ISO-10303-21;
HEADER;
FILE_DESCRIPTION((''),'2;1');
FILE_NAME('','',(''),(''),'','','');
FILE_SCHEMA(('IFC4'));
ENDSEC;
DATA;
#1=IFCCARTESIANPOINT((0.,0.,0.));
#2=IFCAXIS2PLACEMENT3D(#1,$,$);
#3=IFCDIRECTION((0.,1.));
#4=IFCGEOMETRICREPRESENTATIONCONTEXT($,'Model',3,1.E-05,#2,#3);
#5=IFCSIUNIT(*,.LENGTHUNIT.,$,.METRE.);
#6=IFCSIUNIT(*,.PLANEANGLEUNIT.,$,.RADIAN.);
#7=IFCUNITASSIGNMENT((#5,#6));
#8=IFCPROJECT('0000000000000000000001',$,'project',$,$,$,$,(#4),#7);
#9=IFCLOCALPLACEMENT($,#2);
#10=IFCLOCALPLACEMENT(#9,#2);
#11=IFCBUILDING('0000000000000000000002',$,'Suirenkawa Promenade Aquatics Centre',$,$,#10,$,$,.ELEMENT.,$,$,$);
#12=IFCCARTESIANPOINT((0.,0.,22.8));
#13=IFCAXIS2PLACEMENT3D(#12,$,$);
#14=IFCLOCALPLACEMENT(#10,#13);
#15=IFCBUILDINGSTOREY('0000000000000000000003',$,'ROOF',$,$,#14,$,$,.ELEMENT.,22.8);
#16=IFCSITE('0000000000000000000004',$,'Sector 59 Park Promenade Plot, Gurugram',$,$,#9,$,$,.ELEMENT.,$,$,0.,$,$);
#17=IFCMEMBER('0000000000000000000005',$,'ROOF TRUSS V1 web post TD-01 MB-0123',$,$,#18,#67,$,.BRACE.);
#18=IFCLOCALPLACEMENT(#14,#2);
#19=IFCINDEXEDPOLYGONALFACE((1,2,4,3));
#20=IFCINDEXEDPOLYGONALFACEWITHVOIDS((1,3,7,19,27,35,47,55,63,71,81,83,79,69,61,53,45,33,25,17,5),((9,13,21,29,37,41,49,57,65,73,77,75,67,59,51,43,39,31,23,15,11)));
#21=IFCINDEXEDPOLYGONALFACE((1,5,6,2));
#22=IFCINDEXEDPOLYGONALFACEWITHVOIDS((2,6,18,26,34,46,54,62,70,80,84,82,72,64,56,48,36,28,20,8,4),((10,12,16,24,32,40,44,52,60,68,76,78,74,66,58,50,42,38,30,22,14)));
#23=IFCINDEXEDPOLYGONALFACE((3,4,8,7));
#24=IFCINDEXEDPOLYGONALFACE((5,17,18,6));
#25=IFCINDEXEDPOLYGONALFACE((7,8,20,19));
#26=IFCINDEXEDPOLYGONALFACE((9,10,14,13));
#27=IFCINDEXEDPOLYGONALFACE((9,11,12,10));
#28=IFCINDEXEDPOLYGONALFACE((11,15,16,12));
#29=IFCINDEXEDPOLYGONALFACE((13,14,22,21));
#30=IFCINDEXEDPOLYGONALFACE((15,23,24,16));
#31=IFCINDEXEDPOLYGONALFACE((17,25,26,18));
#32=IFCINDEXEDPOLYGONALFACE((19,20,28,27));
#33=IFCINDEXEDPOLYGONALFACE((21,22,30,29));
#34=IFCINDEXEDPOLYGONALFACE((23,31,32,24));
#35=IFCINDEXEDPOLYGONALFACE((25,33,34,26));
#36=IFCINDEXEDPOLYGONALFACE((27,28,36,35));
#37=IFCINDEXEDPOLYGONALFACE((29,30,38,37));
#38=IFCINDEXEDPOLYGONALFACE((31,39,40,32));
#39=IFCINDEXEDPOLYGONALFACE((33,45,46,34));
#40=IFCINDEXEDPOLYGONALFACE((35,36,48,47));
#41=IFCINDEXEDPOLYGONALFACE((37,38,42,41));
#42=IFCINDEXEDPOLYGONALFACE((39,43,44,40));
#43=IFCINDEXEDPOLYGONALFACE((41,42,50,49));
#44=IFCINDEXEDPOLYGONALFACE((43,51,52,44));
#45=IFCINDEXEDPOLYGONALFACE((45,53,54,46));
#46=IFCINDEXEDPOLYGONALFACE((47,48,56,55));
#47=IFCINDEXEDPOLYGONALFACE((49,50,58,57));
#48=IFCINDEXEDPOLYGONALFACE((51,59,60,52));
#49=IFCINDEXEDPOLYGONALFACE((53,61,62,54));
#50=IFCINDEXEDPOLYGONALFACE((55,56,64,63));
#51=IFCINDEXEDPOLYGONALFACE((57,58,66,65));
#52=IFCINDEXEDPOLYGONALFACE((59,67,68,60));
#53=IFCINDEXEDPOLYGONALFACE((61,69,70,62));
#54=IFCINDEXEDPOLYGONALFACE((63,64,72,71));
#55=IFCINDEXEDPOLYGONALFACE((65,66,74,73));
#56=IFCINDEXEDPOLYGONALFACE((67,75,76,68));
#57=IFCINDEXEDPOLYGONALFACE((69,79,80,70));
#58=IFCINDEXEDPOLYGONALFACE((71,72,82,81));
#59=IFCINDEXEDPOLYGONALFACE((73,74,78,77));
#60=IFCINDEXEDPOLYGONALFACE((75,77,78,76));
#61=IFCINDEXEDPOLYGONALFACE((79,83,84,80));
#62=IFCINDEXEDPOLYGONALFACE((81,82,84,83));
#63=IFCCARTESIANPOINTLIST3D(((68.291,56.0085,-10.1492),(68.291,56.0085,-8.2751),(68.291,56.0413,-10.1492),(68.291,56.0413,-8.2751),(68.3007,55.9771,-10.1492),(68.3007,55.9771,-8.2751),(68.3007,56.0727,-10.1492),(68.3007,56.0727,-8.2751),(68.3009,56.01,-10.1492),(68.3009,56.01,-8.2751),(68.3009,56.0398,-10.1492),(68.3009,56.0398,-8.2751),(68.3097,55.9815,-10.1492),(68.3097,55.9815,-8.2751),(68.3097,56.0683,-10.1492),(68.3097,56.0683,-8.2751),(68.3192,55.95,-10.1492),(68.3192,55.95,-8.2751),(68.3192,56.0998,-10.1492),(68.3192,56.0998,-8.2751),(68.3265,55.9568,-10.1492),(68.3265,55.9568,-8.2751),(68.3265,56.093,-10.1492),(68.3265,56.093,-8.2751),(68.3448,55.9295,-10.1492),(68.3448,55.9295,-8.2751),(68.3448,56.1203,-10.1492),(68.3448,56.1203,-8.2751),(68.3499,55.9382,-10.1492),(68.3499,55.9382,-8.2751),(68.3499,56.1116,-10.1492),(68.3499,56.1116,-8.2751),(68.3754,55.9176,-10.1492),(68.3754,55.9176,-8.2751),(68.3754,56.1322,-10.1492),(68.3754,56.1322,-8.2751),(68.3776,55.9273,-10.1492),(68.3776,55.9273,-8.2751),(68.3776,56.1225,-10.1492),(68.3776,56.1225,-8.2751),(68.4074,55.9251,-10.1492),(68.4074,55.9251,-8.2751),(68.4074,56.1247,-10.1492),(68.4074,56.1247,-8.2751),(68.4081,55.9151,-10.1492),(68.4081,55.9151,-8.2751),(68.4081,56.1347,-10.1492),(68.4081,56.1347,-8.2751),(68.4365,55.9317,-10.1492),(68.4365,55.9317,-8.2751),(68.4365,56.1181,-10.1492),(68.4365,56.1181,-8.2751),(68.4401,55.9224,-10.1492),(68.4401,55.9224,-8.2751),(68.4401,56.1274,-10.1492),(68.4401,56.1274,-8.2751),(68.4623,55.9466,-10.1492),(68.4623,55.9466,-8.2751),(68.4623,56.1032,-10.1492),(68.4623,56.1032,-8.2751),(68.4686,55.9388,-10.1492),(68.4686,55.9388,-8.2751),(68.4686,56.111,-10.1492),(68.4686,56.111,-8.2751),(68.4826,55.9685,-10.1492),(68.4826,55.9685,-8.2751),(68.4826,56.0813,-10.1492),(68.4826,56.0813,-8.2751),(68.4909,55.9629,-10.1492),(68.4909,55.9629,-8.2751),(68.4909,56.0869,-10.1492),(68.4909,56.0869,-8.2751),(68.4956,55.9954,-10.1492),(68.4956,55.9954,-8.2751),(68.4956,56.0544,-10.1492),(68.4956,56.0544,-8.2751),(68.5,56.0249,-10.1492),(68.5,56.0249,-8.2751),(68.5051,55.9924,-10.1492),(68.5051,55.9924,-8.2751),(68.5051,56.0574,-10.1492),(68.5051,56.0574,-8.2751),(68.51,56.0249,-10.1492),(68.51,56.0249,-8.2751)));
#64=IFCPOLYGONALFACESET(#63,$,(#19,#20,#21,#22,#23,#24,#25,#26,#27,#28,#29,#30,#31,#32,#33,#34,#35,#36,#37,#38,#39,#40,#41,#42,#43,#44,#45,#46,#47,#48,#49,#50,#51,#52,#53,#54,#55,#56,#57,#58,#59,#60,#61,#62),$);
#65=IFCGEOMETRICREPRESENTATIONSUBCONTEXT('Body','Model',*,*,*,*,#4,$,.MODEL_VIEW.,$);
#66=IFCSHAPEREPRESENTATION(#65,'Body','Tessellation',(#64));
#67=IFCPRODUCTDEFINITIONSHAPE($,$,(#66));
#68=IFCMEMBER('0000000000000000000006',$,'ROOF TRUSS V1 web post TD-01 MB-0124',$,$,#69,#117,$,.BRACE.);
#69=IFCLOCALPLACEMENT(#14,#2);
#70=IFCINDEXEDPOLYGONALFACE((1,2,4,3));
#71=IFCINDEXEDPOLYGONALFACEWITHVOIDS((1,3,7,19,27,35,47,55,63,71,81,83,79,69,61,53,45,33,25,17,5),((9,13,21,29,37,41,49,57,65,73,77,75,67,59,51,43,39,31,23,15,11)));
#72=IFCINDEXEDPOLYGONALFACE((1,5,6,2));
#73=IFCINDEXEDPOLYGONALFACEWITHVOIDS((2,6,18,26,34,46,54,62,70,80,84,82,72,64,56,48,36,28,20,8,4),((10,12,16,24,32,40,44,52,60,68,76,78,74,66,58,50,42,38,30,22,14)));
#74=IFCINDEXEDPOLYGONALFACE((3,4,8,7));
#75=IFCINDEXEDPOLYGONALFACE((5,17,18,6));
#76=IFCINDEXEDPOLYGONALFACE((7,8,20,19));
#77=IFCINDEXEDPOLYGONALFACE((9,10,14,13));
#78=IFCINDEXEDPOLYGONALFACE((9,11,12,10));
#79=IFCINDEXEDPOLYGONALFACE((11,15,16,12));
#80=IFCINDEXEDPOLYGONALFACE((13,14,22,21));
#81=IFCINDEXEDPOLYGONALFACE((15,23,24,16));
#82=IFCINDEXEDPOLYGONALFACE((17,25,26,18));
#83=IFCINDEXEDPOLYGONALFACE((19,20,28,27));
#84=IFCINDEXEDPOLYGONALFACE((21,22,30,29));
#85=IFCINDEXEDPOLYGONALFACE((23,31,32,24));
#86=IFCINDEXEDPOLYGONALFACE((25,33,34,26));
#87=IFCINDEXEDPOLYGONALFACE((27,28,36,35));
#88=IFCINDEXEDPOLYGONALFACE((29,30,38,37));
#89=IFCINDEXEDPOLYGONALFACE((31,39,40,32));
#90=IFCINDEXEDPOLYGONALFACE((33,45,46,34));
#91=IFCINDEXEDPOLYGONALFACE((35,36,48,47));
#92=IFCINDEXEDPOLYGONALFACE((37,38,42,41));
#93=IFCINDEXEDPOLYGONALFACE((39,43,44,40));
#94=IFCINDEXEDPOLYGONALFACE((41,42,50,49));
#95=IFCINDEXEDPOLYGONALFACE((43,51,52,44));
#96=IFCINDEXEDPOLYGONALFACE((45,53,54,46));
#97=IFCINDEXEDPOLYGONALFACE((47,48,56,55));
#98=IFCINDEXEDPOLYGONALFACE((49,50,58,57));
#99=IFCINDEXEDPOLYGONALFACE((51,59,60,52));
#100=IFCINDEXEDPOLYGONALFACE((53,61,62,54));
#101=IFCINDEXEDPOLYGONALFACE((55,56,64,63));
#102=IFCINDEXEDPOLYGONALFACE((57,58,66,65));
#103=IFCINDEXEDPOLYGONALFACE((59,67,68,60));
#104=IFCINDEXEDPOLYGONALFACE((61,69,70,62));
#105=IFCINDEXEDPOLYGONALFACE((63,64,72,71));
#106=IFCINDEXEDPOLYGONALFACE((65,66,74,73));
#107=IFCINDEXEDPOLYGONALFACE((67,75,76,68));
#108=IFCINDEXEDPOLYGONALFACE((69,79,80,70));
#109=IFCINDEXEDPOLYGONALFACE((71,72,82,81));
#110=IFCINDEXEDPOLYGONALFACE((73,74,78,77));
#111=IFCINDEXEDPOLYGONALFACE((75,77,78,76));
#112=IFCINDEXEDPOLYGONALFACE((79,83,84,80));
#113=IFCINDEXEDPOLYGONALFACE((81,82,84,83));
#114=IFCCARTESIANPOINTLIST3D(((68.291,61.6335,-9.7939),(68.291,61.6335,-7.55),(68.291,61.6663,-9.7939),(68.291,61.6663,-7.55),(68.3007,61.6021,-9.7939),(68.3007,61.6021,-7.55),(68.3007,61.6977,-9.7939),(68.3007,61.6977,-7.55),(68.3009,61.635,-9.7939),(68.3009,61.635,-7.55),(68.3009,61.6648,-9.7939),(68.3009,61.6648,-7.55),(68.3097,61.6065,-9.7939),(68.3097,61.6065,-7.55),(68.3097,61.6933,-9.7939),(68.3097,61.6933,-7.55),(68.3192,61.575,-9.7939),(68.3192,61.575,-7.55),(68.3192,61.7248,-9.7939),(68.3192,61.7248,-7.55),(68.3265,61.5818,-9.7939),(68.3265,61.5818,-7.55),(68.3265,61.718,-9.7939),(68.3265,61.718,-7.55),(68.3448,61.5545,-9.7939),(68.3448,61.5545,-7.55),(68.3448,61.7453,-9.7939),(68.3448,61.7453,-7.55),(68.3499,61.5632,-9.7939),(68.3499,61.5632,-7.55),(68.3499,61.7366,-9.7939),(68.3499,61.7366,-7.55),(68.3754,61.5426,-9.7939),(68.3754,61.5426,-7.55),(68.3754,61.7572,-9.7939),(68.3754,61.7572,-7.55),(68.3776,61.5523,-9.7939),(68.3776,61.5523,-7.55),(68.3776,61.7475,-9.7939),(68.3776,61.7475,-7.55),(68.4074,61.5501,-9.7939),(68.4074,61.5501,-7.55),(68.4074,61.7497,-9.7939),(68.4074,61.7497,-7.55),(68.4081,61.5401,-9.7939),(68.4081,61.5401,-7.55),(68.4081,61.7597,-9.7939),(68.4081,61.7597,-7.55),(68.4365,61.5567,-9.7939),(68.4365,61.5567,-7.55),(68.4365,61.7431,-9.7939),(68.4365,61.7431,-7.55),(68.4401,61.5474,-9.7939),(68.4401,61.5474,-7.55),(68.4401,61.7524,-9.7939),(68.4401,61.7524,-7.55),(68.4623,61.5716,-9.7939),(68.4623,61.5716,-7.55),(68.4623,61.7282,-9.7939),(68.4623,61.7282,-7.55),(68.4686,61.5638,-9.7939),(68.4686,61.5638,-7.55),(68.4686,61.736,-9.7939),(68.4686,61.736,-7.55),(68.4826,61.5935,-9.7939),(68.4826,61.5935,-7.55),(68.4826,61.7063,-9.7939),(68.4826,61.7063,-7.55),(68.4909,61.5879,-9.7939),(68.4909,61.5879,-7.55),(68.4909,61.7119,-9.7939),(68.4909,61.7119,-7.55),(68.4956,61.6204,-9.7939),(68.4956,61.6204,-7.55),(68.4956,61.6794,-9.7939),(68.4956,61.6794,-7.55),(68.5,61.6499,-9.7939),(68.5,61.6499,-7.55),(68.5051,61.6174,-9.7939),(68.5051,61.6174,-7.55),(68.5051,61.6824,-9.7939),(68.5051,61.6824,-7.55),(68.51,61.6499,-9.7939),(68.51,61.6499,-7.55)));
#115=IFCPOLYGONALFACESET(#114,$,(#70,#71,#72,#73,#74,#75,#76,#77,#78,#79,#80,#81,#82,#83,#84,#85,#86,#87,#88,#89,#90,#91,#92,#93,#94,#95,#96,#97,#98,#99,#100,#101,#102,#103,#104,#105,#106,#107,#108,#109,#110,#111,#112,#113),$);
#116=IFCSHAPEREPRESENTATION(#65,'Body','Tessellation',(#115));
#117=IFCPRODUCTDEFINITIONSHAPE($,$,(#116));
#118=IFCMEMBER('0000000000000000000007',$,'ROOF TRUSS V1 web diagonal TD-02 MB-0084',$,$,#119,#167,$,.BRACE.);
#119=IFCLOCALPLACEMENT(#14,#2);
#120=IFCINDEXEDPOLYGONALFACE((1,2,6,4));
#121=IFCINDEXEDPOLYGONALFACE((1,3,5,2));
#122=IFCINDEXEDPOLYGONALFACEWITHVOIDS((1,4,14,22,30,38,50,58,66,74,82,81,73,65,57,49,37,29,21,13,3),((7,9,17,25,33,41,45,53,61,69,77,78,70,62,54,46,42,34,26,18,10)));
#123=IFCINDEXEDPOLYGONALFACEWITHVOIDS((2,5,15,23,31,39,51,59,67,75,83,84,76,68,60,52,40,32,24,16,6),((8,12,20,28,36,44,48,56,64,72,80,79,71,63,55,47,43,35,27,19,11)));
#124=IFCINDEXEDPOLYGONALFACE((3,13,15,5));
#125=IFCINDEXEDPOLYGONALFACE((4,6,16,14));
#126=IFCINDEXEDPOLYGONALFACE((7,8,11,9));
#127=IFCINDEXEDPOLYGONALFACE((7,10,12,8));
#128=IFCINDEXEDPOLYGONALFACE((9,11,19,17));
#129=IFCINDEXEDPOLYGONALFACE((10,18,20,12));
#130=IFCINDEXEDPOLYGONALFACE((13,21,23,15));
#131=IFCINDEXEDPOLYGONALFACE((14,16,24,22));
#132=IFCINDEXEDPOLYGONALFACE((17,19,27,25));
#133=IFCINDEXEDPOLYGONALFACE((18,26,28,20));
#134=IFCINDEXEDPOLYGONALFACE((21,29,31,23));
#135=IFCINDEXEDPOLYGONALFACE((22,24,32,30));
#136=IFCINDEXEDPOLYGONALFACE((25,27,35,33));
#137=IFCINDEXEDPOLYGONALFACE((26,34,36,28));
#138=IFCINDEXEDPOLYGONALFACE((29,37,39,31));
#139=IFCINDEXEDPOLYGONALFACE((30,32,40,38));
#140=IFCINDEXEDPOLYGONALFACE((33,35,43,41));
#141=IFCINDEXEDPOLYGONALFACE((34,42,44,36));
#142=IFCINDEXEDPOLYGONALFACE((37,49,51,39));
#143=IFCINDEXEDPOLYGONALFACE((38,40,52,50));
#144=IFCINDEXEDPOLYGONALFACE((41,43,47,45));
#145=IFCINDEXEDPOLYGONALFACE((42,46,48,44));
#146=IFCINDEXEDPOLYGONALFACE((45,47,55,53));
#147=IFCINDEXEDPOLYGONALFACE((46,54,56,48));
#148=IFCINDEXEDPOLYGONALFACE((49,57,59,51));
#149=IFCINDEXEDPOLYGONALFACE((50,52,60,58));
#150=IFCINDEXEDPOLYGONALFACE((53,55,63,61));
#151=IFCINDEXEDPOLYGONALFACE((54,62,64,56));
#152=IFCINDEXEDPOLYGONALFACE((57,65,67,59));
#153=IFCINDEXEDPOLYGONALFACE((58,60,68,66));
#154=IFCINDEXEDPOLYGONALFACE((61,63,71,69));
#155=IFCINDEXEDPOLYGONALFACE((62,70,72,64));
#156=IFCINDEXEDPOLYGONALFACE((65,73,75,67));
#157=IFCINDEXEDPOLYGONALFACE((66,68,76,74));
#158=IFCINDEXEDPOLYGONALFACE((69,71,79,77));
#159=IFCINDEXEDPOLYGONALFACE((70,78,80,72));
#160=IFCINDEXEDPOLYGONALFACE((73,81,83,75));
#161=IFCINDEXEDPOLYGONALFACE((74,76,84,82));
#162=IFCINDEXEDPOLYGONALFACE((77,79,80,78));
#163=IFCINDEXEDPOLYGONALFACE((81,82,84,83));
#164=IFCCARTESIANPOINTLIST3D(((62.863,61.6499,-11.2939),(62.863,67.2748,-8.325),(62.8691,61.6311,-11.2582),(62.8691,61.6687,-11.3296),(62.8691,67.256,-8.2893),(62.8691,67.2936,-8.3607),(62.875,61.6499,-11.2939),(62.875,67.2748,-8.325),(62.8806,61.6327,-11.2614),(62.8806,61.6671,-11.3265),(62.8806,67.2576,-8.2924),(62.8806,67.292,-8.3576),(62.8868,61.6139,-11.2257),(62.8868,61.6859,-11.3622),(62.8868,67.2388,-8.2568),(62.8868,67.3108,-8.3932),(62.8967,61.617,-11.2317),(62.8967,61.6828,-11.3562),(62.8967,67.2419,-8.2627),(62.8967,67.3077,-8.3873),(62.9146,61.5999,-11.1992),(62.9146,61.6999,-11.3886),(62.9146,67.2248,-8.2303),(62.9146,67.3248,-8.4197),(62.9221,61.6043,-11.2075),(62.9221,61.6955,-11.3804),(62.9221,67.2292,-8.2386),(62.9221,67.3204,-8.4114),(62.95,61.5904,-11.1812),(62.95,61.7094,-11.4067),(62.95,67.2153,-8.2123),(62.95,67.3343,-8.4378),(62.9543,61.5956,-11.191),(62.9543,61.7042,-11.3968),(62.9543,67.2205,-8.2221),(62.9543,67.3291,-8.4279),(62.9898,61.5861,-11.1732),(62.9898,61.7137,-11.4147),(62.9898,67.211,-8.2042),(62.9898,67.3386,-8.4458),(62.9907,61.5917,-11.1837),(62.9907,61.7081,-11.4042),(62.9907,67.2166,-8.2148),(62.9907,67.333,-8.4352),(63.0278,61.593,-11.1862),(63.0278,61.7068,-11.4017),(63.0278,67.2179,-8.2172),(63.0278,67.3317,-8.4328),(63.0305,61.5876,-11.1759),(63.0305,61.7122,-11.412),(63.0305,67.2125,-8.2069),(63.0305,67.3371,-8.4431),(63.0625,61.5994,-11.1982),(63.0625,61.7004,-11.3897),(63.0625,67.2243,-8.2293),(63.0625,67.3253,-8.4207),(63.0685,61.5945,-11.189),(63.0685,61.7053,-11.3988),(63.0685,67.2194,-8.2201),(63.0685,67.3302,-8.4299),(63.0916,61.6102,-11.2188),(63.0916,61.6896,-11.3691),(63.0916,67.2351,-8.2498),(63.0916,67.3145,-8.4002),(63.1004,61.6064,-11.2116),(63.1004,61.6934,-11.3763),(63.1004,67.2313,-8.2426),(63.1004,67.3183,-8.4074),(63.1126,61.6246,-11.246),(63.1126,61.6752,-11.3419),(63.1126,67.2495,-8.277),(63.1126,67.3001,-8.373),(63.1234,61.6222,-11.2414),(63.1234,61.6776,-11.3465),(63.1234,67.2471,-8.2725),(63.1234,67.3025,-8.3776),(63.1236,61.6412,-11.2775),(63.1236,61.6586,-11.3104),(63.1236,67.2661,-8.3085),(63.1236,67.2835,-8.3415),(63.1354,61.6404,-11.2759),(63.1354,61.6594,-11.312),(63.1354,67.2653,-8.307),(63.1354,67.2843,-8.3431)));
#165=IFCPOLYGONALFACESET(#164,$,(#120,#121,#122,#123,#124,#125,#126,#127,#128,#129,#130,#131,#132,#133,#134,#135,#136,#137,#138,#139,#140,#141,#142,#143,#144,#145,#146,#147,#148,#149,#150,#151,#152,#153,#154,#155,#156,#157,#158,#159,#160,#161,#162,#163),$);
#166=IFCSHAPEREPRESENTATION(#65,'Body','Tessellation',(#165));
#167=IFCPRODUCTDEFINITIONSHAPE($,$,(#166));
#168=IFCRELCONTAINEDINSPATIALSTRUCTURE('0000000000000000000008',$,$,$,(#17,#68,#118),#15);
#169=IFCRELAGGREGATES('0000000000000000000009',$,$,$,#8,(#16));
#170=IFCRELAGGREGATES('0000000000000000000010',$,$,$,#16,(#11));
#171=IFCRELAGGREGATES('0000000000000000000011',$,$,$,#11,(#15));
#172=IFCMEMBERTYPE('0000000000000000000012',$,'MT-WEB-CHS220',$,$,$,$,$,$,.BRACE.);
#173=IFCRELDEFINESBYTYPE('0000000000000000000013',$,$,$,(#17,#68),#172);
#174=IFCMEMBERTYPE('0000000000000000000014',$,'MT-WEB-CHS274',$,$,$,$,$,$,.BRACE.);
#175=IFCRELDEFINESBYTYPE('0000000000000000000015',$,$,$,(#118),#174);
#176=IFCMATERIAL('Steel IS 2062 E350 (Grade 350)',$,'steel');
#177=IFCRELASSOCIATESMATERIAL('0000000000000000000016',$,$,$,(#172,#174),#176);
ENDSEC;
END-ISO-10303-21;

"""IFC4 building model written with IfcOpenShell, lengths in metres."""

from ifc_helpers import new_model, si_unit, direction, frame, origin, origin_2d, place, context, subcontext, project, spatial, hollow_circle, extrude, material, material_profile, profile_set, type_object, element, save


model = new_model("IFC4")

# Units and contexts
model_context = context("Model", 3, precision=1e-05, world=origin(), true_north=direction((0.0, 1.0)))
body_context = subcontext(model_context, "Body", "Model", "MODEL_VIEW")
ifc_project = project(units=[si_unit("LENGTHUNIT", "METRE"), si_unit("PLANEANGLEUNIT", "RADIAN")], contexts=[model_context])

# Site, building, storey
site_placement = place(None, origin())
site = spatial("IfcSite", under=ifc_project, at=site_placement, Name="Sector 59 Park Promenade Plot, Gurugram", CompositionType="ELEMENT", RefElevation=0.0)
building_placement = place(site_placement, origin())
building = spatial("IfcBuilding", under=site, at=building_placement, Name="Suirenkawa Promenade Aquatics Centre", CompositionType="ELEMENT")
storey_placement = place(building_placement, frame((0.0, 0.0, 22.8)))
storey = spatial("IfcBuildingStorey", under=building, at=storey_placement, Name="ROOF", CompositionType="ELEMENT", Elevation=22.8)

# Shared definitions
ifc_material = material(Name="Steel IS 2062 E350 (Grade 350)", Category="steel")

# Members
ifc_material_profile_1 = material_profile(ifc_material, hollow_circle(Radius=0.1101, WallThickness=0.01, at=origin_2d()), Name="CHS 220x10", Category="steel")
ifc_profile_set_1 = profile_set([ifc_material_profile_1], Name="Steel IS 2062 E350 (Grade 350)")
member_type_1 = type_object("IfcMemberType", Name="MT-WEB-CHS220", PredefinedType="BRACE", material=ifc_profile_set_1)
member_1_placement = place(storey_placement, frame((68.3999, 56.0249, -10.1492), z_axis=(0.0, 0.0, 1.0), x_axis=(1.0, 0.0, 0.0)))
element("IfcMember", 1, at=member_1_placement, inside=storey, type_object=member_type_1, Name="ROOF TRUSS V1 web post TD-01 MB-0123", PredefinedType="BRACE", context=body_context, shape_type="SweptSolid", body=[
    extrude(hollow_circle(Radius=0.1101, WallThickness=0.01, at=origin_2d()), origin(), (0.0, 0.0, 1.0), 1.874),
])
member_2_placement = place(storey_placement, frame((68.3999, 61.6499, -9.7939), z_axis=(0.0, 0.0, 1.0), x_axis=(1.0, 0.0, 0.0)))
element("IfcMember", 2, at=member_2_placement, inside=storey, type_object=member_type_1, Name="ROOF TRUSS V1 web post TD-01 MB-0124", PredefinedType="BRACE", context=body_context, shape_type="SweptSolid", body=[
    extrude(hollow_circle(Radius=0.1101, WallThickness=0.01, at=origin_2d()), origin(), (0.0, 0.0, 1.0), 2.2439),
])
ifc_material_profile_2 = material_profile(ifc_material, hollow_circle(Radius=0.137, WallThickness=0.012, at=origin_2d()), Name="CHS 274x12", Category="steel")
ifc_profile_set_2 = profile_set([ifc_material_profile_2], Name="Steel IS 2062 E350 (Grade 350)")
member_type_2 = type_object("IfcMemberType", Name="MT-WEB-CHS274", PredefinedType="BRACE", material=ifc_profile_set_2)
member_3_placement = place(storey_placement, frame((63.0, 61.6499, -11.2939), z_axis=(0.0, 0.884369, 0.466789), x_axis=(-1.0, 0.0, 0.0)))
element("IfcMember", 3, at=member_3_placement, inside=storey, type_object=member_type_2, Name="ROOF TRUSS V1 web diagonal TD-02 MB-0084", PredefinedType="BRACE", context=body_context, shape_type="SweptSolid", body=[
    extrude(hollow_circle(Radius=0.137, WallThickness=0.012, at=origin_2d()), origin(), (0.0, 0.0, 1.0), 6.3604),
])

save(model, "model.ifc")
